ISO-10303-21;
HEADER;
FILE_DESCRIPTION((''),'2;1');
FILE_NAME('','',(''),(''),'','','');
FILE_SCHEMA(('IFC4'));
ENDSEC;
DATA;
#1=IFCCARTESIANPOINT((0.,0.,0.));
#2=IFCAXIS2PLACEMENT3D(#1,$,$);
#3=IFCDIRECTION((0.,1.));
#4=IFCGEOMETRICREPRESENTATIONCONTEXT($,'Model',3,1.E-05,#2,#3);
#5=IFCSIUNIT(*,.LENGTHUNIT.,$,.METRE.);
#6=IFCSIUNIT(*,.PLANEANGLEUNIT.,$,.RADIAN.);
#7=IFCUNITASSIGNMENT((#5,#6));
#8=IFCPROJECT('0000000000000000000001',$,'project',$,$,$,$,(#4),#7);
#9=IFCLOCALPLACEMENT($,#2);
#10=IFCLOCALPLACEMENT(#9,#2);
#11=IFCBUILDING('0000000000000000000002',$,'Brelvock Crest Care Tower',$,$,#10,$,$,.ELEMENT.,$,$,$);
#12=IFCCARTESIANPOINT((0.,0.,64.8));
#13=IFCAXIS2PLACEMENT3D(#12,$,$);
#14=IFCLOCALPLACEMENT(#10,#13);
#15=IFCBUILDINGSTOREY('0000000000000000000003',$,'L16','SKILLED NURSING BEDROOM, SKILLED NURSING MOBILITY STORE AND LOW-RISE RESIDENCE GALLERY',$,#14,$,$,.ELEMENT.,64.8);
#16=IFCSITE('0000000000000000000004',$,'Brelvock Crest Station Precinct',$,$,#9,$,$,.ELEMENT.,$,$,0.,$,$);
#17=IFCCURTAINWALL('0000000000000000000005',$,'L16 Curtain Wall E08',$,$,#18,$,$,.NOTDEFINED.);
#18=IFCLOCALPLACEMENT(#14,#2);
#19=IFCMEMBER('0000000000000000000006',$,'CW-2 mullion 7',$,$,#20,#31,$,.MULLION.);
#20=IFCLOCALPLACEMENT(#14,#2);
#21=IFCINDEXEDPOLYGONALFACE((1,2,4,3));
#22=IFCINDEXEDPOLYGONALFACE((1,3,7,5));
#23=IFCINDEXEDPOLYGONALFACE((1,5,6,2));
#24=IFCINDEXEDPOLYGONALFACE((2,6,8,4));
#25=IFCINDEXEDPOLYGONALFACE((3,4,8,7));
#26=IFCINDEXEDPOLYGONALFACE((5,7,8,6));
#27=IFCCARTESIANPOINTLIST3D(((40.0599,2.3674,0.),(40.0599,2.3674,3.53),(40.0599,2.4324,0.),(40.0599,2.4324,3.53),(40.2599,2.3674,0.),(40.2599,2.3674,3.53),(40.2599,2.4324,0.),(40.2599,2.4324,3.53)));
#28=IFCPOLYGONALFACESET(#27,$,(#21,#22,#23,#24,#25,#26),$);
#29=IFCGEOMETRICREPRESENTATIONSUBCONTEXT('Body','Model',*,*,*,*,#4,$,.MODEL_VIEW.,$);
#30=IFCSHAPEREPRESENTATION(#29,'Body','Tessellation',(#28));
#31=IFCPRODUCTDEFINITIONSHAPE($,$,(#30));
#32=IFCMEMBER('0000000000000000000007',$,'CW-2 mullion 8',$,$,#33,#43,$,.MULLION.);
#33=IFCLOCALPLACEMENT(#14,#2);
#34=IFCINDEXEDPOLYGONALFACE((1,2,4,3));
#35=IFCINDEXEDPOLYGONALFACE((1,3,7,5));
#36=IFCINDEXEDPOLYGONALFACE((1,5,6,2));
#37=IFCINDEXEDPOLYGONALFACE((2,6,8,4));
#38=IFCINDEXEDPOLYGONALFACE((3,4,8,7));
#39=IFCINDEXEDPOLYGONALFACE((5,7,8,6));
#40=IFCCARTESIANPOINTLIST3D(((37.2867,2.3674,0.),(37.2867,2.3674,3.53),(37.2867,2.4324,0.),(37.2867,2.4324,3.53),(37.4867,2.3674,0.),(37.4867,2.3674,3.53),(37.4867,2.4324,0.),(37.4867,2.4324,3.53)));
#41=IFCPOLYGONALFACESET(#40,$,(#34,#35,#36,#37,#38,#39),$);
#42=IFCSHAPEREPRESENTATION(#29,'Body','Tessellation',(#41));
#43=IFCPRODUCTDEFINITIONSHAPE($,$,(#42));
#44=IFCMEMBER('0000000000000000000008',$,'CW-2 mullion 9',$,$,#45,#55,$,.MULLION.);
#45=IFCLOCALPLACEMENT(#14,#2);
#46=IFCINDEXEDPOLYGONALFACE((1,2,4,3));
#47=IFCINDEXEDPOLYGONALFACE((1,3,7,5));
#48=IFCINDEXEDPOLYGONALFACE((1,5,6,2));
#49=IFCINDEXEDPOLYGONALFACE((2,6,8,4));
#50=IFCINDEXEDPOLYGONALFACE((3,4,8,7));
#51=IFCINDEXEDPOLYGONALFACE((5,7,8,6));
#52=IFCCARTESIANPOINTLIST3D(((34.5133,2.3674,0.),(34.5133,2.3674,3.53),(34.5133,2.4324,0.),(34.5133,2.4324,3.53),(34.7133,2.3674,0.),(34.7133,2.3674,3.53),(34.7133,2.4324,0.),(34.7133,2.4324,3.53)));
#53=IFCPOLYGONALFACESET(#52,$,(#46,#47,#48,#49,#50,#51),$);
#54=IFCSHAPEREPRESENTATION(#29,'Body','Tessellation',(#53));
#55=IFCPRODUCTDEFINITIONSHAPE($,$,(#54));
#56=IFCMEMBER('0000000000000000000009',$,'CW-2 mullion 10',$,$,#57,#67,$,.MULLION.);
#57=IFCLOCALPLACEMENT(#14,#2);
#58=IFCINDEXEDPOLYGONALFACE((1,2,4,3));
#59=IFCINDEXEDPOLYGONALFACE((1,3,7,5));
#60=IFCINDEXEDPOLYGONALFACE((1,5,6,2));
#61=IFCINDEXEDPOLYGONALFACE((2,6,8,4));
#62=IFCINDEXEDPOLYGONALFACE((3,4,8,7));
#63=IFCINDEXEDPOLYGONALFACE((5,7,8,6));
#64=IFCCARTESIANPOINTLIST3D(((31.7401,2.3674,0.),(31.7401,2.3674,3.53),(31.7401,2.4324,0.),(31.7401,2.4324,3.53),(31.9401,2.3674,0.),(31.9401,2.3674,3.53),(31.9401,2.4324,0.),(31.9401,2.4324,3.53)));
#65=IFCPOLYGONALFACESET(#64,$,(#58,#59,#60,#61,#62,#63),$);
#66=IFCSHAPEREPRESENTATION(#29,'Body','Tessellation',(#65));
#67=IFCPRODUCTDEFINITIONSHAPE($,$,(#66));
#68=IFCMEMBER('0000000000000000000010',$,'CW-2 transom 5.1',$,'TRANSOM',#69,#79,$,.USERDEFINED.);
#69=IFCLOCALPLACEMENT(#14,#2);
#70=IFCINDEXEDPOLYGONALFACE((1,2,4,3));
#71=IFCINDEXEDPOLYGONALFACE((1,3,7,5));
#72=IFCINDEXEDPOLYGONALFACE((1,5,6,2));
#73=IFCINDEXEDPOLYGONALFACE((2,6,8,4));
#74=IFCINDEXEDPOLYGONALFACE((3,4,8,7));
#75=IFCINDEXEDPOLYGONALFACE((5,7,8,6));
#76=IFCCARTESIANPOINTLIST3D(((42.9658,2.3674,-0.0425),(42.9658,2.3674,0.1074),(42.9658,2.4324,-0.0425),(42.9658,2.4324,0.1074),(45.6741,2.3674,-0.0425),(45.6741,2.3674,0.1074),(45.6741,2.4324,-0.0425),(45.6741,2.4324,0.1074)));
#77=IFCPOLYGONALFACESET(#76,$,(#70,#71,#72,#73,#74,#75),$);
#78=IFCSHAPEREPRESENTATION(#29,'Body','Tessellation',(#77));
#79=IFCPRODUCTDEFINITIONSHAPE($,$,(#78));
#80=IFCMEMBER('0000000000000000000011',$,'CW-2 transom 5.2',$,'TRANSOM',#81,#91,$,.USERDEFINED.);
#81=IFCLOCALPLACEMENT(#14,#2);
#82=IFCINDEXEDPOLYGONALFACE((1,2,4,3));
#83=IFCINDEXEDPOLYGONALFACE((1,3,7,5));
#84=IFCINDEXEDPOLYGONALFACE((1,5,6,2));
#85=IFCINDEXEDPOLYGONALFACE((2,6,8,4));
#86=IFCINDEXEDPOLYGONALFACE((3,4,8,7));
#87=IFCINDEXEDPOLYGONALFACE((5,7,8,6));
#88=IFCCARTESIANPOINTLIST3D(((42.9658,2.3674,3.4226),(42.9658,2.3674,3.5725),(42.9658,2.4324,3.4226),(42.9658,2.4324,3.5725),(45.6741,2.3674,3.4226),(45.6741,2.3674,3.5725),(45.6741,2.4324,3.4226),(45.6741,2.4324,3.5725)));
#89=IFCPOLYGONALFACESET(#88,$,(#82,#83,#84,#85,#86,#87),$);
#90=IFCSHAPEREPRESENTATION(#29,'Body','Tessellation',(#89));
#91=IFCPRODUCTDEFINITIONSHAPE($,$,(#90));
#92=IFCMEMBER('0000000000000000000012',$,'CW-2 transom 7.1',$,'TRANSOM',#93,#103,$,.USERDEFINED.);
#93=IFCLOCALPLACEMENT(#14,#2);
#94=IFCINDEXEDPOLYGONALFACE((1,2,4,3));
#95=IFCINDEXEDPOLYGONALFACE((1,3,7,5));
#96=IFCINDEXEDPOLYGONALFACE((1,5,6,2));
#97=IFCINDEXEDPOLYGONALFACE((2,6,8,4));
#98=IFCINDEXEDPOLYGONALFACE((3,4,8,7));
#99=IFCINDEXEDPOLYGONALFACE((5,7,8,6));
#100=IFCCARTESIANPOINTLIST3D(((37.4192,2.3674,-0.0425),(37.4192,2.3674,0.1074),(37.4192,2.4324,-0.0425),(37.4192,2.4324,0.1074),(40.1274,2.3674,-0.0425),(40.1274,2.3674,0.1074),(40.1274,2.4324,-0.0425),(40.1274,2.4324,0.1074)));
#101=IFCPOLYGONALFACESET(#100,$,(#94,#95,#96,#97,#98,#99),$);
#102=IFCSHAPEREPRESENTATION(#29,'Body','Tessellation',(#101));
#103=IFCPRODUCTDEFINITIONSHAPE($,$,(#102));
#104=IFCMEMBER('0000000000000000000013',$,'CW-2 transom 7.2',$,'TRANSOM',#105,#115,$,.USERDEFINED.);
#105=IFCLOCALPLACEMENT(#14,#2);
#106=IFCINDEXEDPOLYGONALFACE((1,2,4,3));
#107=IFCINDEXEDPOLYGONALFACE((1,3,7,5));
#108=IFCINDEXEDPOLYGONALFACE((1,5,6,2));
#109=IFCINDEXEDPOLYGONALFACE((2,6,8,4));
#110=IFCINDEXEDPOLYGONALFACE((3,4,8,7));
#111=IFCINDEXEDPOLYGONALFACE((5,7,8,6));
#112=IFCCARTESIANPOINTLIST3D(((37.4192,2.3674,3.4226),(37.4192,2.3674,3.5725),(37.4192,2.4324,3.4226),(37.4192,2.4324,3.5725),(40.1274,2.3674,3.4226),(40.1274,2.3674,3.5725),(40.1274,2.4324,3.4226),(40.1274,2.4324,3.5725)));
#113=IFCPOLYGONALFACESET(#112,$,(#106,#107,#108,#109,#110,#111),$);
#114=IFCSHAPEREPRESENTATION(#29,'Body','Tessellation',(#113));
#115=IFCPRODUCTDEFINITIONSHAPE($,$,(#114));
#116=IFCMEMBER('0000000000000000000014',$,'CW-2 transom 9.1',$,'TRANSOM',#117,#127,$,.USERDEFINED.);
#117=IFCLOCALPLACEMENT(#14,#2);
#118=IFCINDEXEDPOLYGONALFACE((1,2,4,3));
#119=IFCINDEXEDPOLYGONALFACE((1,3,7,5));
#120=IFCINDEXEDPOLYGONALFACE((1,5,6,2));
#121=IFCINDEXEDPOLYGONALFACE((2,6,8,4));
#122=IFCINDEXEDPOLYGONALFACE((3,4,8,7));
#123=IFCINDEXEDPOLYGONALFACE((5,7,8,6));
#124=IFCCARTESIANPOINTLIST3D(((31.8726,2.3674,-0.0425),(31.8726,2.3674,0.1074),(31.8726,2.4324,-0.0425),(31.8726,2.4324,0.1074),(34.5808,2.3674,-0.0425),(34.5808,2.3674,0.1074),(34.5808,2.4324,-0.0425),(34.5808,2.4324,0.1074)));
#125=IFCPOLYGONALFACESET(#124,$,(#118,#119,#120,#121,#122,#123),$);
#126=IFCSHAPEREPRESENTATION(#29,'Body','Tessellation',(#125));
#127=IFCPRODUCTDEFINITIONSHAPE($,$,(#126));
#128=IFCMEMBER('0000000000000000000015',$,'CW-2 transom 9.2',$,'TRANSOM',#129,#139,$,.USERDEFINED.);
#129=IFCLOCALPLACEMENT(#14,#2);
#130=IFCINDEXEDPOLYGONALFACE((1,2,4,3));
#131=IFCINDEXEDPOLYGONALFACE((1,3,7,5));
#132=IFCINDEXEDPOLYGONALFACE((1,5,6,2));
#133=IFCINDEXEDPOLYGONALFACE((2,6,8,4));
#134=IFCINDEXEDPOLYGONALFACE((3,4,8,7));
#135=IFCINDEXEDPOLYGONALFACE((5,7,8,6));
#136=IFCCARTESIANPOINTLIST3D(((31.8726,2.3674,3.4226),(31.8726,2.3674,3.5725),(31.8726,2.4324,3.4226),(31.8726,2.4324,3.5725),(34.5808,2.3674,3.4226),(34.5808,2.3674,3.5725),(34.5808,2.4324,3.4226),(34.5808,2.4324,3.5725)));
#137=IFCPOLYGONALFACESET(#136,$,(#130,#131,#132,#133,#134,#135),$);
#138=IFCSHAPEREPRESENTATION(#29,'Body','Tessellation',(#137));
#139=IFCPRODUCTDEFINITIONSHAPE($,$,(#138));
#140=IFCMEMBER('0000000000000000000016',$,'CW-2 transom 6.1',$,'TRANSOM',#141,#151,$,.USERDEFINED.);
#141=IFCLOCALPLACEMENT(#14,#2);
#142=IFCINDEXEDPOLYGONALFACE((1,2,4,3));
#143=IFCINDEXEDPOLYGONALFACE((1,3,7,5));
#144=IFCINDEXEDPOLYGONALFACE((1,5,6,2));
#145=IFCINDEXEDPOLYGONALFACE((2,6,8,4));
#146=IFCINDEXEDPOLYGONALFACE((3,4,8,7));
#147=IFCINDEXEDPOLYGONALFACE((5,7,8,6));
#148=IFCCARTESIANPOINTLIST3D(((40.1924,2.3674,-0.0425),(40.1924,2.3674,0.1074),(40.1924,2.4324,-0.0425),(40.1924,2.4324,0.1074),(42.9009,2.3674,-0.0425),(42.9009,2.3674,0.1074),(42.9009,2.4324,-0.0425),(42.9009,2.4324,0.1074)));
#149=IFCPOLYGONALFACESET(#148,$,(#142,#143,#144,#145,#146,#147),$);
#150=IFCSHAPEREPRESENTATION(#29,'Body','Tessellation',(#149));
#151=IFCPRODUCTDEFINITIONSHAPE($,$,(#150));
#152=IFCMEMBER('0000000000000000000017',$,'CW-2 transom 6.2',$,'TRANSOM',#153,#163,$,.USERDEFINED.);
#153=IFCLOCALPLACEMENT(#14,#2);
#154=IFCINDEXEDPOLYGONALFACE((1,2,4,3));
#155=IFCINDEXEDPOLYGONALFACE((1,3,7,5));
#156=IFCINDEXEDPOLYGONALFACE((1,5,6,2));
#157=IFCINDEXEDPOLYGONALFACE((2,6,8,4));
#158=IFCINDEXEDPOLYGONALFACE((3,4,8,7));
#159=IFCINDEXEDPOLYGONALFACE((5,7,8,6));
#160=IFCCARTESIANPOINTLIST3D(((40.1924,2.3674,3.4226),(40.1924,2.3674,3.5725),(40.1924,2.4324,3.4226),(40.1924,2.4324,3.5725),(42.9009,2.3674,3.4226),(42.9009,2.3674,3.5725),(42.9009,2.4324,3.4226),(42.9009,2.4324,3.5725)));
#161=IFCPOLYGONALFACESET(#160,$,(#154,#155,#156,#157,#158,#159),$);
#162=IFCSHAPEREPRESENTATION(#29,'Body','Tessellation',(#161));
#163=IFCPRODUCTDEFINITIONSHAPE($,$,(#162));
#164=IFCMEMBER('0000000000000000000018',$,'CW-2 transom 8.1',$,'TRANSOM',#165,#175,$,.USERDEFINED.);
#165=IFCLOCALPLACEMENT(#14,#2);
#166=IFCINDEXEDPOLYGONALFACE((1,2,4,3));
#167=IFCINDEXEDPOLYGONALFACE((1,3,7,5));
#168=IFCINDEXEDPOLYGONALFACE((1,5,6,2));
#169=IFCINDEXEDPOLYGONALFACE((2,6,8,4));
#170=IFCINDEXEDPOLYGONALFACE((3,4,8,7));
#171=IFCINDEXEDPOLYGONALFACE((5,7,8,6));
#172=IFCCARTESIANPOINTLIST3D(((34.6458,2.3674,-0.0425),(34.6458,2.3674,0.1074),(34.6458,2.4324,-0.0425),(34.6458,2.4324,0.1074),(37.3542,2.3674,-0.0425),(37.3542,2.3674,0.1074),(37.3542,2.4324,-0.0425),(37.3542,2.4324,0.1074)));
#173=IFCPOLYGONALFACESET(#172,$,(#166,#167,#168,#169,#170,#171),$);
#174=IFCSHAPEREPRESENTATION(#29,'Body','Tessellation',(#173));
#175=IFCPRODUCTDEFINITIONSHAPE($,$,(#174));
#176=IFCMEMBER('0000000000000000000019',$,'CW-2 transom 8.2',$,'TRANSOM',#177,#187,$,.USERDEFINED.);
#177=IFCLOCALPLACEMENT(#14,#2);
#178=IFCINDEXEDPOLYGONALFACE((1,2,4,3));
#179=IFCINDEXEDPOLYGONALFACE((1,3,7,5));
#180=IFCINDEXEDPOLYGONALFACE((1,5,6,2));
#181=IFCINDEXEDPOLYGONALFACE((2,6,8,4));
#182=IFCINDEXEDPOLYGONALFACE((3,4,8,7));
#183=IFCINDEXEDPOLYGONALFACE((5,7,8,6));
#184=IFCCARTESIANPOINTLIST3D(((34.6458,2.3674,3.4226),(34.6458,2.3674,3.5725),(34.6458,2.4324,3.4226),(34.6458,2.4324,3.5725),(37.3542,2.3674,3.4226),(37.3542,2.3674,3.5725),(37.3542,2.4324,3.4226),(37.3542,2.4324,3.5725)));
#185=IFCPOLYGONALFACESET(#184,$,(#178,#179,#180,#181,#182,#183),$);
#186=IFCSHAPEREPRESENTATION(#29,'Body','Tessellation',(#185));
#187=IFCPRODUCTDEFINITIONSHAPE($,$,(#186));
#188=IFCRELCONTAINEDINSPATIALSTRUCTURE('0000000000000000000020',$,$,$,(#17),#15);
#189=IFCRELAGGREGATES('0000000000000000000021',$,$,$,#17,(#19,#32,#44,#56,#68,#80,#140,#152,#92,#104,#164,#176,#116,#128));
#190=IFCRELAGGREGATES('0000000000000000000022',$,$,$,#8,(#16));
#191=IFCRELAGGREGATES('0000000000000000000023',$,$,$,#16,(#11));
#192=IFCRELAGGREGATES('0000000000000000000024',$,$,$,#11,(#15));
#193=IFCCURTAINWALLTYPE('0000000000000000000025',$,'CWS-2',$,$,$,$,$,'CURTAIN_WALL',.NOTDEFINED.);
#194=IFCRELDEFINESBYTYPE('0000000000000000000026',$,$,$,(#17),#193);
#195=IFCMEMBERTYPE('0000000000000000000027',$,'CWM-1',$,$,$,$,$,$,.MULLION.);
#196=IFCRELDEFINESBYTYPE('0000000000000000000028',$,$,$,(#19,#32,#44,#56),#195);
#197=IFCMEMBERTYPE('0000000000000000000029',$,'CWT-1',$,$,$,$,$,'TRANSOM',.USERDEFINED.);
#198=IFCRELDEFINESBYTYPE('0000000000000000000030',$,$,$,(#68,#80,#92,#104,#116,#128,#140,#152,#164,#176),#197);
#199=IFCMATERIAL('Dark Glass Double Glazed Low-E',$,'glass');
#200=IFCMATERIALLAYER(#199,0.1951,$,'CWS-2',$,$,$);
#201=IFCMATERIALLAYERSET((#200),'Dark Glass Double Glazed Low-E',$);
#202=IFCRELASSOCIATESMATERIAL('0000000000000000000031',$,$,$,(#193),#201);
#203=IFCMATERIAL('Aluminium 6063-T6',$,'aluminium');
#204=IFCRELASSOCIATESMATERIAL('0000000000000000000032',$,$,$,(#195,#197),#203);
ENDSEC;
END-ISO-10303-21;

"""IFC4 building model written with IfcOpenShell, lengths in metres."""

from ifc_helpers import new_model, si_unit, direction, frame, origin, origin_2d, place, context, subcontext, project, spatial, rectangle, extrude, source, transform, mapped, material, layer, layer_set, material_profile, profile_set, type_object, element, aggregate, save


model = new_model("IFC4")

# Units and contexts
model_context = context("Model", 3, precision=1e-05, world=origin(), true_north=direction((0.0, 1.0)))
body_context = subcontext(model_context, "Body", "Model", "MODEL_VIEW")
ifc_project = project(units=[si_unit("LENGTHUNIT", "METRE"), si_unit("PLANEANGLEUNIT", "RADIAN")], contexts=[model_context])

# Site, building, storey
site_placement = place(None, origin())
site = spatial("IfcSite", under=ifc_project, at=site_placement, Name="Brelvock Crest Station Precinct", CompositionType="ELEMENT", RefElevation=0.0)
building_placement = place(site_placement, origin())
building = spatial("IfcBuilding", under=site, at=building_placement, Name="Brelvock Crest Care Tower", CompositionType="ELEMENT")
storey_placement = place(building_placement, frame((0.0, 0.0, 64.8)))
storey = spatial("IfcBuildingStorey", under=building, at=storey_placement, Name="L16", Description="SKILLED NURSING BEDROOM, SKILLED NURSING MOBILITY STORE AND LOW-RISE RESIDENCE GALLERY", CompositionType="ELEMENT", Elevation=64.8)

# Curtain wall, members
ifc_material_1 = material(Name="Dark Glass Double Glazed Low-E", Category="glass")
ifc_layer_1 = layer(ifc_material_1, 0.1951, Name="CWS-2")
ifc_layer_set_1 = layer_set([ifc_layer_1], Name="Dark Glass Double Glazed Low-E")
curtain_wall_type = type_object("IfcCurtainWallType", Name="CWS-2", ElementType="CURTAIN_WALL", PredefinedType="NOTDEFINED", material=ifc_layer_set_1)
curtain_wall_placement = place(storey_placement, origin())
curtain_wall = element("IfcCurtainWall", 1, at=curtain_wall_placement, inside=storey, type_object=curtain_wall_type, Name="L16 Curtain Wall E08", PredefinedType="NOTDEFINED")
ifc_material_2 = material(Name="Aluminium 6063-T6", Category="aluminium")
ifc_material_profile_1 = material_profile(ifc_material_2, rectangle(XDim=0.0649, YDim=0.2, at=origin_2d()), Name="ALU65x200")
ifc_profile_set_1 = profile_set([ifc_material_profile_1], Name="Aluminium 6063-T6")
member_type_1 = type_object("IfcMemberType", Name="CWM-1", PredefinedType="MULLION", material=ifc_profile_set_1)
shared_shape_1 = source(origin(), body_context, "Body", "SweptSolid", [
    extrude(rectangle(XDim=0.0649, YDim=0.2, at=origin_2d()), origin(), (0.0, 0.0, 1.0), 3.53),
])
member_1_placement = place(storey_placement, frame((40.1599, 2.3999, 0.0), z_axis=(0.0, 0.0, 1.0), x_axis=(0.0, -1.0, 0.0)))
member_1 = element("IfcMember", 2, at=member_1_placement, type_object=member_type_1, Name="CW-2 mullion 7", PredefinedType="MULLION", context=body_context, shape_type="MappedRepresentation", body=[
    mapped(shared_shape_1, transform((0.0, 0.0, 0.0), x_axis=(1.0, 0.0, 0.0), y_axis=(0.0, 1.0, 0.0), z_axis=(0.0, 0.0, 1.0), scale=1.0)),
])
member_2_placement = place(storey_placement, frame((37.3867, 2.3999, 0.0), z_axis=(0.0, 0.0, 1.0), x_axis=(0.0, -1.0, 0.0)))
member_2 = element("IfcMember", 3, at=member_2_placement, type_object=member_type_1, Name="CW-2 mullion 8", PredefinedType="MULLION", context=body_context, shape_type="MappedRepresentation", body=[
    mapped(shared_shape_1, transform((0.0, 0.0, 0.0), x_axis=(1.0, 0.0, 0.0), y_axis=(0.0, 1.0, 0.0), z_axis=(0.0, 0.0, 1.0), scale=1.0)),
])
member_3_placement = place(storey_placement, frame((34.6133, 2.3999, 0.0), z_axis=(0.0, 0.0, 1.0), x_axis=(0.0, -1.0, 0.0)))
member_3 = element("IfcMember", 4, at=member_3_placement, type_object=member_type_1, Name="CW-2 mullion 9", PredefinedType="MULLION", context=body_context, shape_type="MappedRepresentation", body=[
    mapped(shared_shape_1, transform((0.0, 0.0, 0.0), x_axis=(1.0, 0.0, 0.0), y_axis=(0.0, 1.0, 0.0), z_axis=(0.0, 0.0, 1.0), scale=1.0)),
])
member_4_placement = place(storey_placement, frame((31.8401, 2.3999, 0.0), z_axis=(0.0, 0.0, 1.0), x_axis=(0.0, -1.0, 0.0)))
member_4 = element("IfcMember", 5, at=member_4_placement, type_object=member_type_1, Name="CW-2 mullion 10", PredefinedType="MULLION", context=body_context, shape_type="MappedRepresentation", body=[
    mapped(shared_shape_1, transform((0.0, 0.0, 0.0), x_axis=(1.0, 0.0, 0.0), y_axis=(0.0, 1.0, 0.0), z_axis=(0.0, 0.0, 1.0), scale=1.0)),
])
ifc_material_profile_2 = material_profile(ifc_material_2, rectangle(XDim=0.0649, YDim=0.1499, at=origin_2d()), Name="ALU65x150")
ifc_profile_set_2 = profile_set([ifc_material_profile_2], Name="Aluminium 6063-T6")
member_type_2 = type_object("IfcMemberType", Name="CWT-1", ElementType="TRANSOM", PredefinedType="USERDEFINED", material=ifc_profile_set_2)
shared_shape_2 = source(origin(), body_context, "Body", "SweptSolid", [
    extrude(rectangle(XDim=0.0649, YDim=0.1499, at=origin_2d()), origin(), (0.0, 0.0, 1.0), 2.7083),
])
member_5_placement = place(storey_placement, frame((45.6741, 2.3999, 0.0325), z_axis=(-1.0, 0.0, 0.0), x_axis=(0.0, -1.0, 0.0)))
member_5 = element("IfcMember", 6, at=member_5_placement, type_object=member_type_2, Name="CW-2 transom 5.1", ObjectType="TRANSOM", PredefinedType="USERDEFINED", context=body_context, shape_type="MappedRepresentation", body=[
    mapped(shared_shape_2, transform((0.0, 0.0, 0.0), x_axis=(1.0, 0.0, 0.0), y_axis=(0.0, 1.0, 0.0), z_axis=(0.0, 0.0, 1.0), scale=1.0)),
])
member_6_placement = place(storey_placement, frame((45.6741, 2.3999, 3.4976), z_axis=(-1.0, 0.0, 0.0), x_axis=(0.0, -1.0, 0.0)))
member_6 = element("IfcMember", 7, at=member_6_placement, type_object=member_type_2, Name="CW-2 transom 5.2", ObjectType="TRANSOM", PredefinedType="USERDEFINED", context=body_context, shape_type="MappedRepresentation", body=[
    mapped(shared_shape_2, transform((0.0, 0.0, 0.0), x_axis=(1.0, 0.0, 0.0), y_axis=(0.0, 1.0, 0.0), z_axis=(0.0, 0.0, 1.0), scale=1.0)),
])
member_7_placement = place(storey_placement, frame((40.1274, 2.3999, 0.0325), z_axis=(-1.0, 0.0, 0.0), x_axis=(0.0, -1.0, 0.0)))
member_7 = element("IfcMember", 8, at=member_7_placement, type_object=member_type_2, Name="CW-2 transom 7.1", ObjectType="TRANSOM", PredefinedType="USERDEFINED", context=body_context, shape_type="MappedRepresentation", body=[
    mapped(shared_shape_2, transform((0.0, 0.0, 0.0), x_axis=(1.0, 0.0, 0.0), y_axis=(0.0, 1.0, 0.0), z_axis=(0.0, 0.0, 1.0), scale=1.0)),
])
member_8_placement = place(storey_placement, frame((40.1274, 2.3999, 3.4976), z_axis=(-1.0, 0.0, 0.0), x_axis=(0.0, -1.0, 0.0)))
member_8 = element("IfcMember", 9, at=member_8_placement, type_object=member_type_2, Name="CW-2 transom 7.2", ObjectType="TRANSOM", PredefinedType="USERDEFINED", context=body_context, shape_type="MappedRepresentation", body=[
    mapped(shared_shape_2, transform((0.0, 0.0, 0.0), x_axis=(1.0, 0.0, 0.0), y_axis=(0.0, 1.0, 0.0), z_axis=(0.0, 0.0, 1.0), scale=1.0)),
])
member_9_placement = place(storey_placement, frame((34.5808, 2.3999, 0.0325), z_axis=(-1.0, 0.0, 0.0), x_axis=(0.0, -1.0, 0.0)))
member_9 = element("IfcMember", 10, at=member_9_placement, type_object=member_type_2, Name="CW-2 transom 9.1", ObjectType="TRANSOM", PredefinedType="USERDEFINED", context=body_context, shape_type="MappedRepresentation", body=[
    mapped(shared_shape_2, transform((0.0, 0.0, 0.0), x_axis=(1.0, 0.0, 0.0), y_axis=(0.0, 1.0, 0.0), z_axis=(0.0, 0.0, 1.0), scale=1.0)),
])
member_10_placement = place(storey_placement, frame((34.5808, 2.3999, 3.4976), z_axis=(-1.0, 0.0, 0.0), x_axis=(0.0, -1.0, 0.0)))
member_10 = element("IfcMember", 11, at=member_10_placement, type_object=member_type_2, Name="CW-2 transom 9.2", ObjectType="TRANSOM", PredefinedType="USERDEFINED", context=body_context, shape_type="MappedRepresentation", body=[
    mapped(shared_shape_2, transform((0.0, 0.0, 0.0), x_axis=(1.0, 0.0, 0.0), y_axis=(0.0, 1.0, 0.0), z_axis=(0.0, 0.0, 1.0), scale=1.0)),
])
shared_shape_3 = source(origin(), body_context, "Body", "SweptSolid", [
    extrude(rectangle(XDim=0.0649, YDim=0.1499, at=origin_2d()), origin(), (0.0, 0.0, 1.0), 2.7085),
])
member_11_placement = place(storey_placement, frame((42.9009, 2.3999, 0.0325), z_axis=(-1.0, 0.0, 0.0), x_axis=(0.0, -1.0, 0.0)))
member_11 = element("IfcMember", 12, at=member_11_placement, type_object=member_type_2, Name="CW-2 transom 6.1", ObjectType="TRANSOM", PredefinedType="USERDEFINED", context=body_context, shape_type="MappedRepresentation", body=[
    mapped(shared_shape_3, transform((0.0, 0.0, 0.0), x_axis=(1.0, 0.0, 0.0), y_axis=(0.0, 1.0, 0.0), z_axis=(0.0, 0.0, 1.0), scale=1.0)),
])
member_12_placement = place(storey_placement, frame((42.9009, 2.3999, 3.4976), z_axis=(-1.0, 0.0, 0.0), x_axis=(0.0, -1.0, 0.0)))
member_12 = element("IfcMember", 13, at=member_12_placement, type_object=member_type_2, Name="CW-2 transom 6.2", ObjectType="TRANSOM", PredefinedType="USERDEFINED", context=body_context, shape_type="MappedRepresentation", body=[
    mapped(shared_shape_3, transform((0.0, 0.0, 0.0), x_axis=(1.0, 0.0, 0.0), y_axis=(0.0, 1.0, 0.0), z_axis=(0.0, 0.0, 1.0), scale=1.0)),
])
member_13_placement = place(storey_placement, frame((37.3542, 2.3999, 0.0325), z_axis=(-1.0, 0.0, 0.0), x_axis=(0.0, -1.0, 0.0)))
member_13 = element("IfcMember", 14, at=member_13_placement, type_object=member_type_2, Name="CW-2 transom 8.1", ObjectType="TRANSOM", PredefinedType="USERDEFINED", context=body_context, shape_type="MappedRepresentation", body=[
    mapped(shared_shape_3, transform((0.0, 0.0, 0.0), x_axis=(1.0, 0.0, 0.0), y_axis=(0.0, 1.0, 0.0), z_axis=(0.0, 0.0, 1.0), scale=1.0)),
])
member_14_placement = place(storey_placement, frame((37.3542, 2.3999, 3.4976), z_axis=(-1.0, 0.0, 0.0), x_axis=(0.0, -1.0, 0.0)))
member_14 = element("IfcMember", 15, at=member_14_placement, type_object=member_type_2, Name="CW-2 transom 8.2", ObjectType="TRANSOM", PredefinedType="USERDEFINED", context=body_context, shape_type="MappedRepresentation", body=[
    mapped(shared_shape_3, transform((0.0, 0.0, 0.0), x_axis=(1.0, 0.0, 0.0), y_axis=(0.0, 1.0, 0.0), z_axis=(0.0, 0.0, 1.0), scale=1.0)),
])
aggregate(curtain_wall, [member_1, member_2, member_3, member_4, member_5, member_6, member_11, member_12, member_7, member_8, member_13, member_14, member_9, member_10])

save(model, "model.ifc")
